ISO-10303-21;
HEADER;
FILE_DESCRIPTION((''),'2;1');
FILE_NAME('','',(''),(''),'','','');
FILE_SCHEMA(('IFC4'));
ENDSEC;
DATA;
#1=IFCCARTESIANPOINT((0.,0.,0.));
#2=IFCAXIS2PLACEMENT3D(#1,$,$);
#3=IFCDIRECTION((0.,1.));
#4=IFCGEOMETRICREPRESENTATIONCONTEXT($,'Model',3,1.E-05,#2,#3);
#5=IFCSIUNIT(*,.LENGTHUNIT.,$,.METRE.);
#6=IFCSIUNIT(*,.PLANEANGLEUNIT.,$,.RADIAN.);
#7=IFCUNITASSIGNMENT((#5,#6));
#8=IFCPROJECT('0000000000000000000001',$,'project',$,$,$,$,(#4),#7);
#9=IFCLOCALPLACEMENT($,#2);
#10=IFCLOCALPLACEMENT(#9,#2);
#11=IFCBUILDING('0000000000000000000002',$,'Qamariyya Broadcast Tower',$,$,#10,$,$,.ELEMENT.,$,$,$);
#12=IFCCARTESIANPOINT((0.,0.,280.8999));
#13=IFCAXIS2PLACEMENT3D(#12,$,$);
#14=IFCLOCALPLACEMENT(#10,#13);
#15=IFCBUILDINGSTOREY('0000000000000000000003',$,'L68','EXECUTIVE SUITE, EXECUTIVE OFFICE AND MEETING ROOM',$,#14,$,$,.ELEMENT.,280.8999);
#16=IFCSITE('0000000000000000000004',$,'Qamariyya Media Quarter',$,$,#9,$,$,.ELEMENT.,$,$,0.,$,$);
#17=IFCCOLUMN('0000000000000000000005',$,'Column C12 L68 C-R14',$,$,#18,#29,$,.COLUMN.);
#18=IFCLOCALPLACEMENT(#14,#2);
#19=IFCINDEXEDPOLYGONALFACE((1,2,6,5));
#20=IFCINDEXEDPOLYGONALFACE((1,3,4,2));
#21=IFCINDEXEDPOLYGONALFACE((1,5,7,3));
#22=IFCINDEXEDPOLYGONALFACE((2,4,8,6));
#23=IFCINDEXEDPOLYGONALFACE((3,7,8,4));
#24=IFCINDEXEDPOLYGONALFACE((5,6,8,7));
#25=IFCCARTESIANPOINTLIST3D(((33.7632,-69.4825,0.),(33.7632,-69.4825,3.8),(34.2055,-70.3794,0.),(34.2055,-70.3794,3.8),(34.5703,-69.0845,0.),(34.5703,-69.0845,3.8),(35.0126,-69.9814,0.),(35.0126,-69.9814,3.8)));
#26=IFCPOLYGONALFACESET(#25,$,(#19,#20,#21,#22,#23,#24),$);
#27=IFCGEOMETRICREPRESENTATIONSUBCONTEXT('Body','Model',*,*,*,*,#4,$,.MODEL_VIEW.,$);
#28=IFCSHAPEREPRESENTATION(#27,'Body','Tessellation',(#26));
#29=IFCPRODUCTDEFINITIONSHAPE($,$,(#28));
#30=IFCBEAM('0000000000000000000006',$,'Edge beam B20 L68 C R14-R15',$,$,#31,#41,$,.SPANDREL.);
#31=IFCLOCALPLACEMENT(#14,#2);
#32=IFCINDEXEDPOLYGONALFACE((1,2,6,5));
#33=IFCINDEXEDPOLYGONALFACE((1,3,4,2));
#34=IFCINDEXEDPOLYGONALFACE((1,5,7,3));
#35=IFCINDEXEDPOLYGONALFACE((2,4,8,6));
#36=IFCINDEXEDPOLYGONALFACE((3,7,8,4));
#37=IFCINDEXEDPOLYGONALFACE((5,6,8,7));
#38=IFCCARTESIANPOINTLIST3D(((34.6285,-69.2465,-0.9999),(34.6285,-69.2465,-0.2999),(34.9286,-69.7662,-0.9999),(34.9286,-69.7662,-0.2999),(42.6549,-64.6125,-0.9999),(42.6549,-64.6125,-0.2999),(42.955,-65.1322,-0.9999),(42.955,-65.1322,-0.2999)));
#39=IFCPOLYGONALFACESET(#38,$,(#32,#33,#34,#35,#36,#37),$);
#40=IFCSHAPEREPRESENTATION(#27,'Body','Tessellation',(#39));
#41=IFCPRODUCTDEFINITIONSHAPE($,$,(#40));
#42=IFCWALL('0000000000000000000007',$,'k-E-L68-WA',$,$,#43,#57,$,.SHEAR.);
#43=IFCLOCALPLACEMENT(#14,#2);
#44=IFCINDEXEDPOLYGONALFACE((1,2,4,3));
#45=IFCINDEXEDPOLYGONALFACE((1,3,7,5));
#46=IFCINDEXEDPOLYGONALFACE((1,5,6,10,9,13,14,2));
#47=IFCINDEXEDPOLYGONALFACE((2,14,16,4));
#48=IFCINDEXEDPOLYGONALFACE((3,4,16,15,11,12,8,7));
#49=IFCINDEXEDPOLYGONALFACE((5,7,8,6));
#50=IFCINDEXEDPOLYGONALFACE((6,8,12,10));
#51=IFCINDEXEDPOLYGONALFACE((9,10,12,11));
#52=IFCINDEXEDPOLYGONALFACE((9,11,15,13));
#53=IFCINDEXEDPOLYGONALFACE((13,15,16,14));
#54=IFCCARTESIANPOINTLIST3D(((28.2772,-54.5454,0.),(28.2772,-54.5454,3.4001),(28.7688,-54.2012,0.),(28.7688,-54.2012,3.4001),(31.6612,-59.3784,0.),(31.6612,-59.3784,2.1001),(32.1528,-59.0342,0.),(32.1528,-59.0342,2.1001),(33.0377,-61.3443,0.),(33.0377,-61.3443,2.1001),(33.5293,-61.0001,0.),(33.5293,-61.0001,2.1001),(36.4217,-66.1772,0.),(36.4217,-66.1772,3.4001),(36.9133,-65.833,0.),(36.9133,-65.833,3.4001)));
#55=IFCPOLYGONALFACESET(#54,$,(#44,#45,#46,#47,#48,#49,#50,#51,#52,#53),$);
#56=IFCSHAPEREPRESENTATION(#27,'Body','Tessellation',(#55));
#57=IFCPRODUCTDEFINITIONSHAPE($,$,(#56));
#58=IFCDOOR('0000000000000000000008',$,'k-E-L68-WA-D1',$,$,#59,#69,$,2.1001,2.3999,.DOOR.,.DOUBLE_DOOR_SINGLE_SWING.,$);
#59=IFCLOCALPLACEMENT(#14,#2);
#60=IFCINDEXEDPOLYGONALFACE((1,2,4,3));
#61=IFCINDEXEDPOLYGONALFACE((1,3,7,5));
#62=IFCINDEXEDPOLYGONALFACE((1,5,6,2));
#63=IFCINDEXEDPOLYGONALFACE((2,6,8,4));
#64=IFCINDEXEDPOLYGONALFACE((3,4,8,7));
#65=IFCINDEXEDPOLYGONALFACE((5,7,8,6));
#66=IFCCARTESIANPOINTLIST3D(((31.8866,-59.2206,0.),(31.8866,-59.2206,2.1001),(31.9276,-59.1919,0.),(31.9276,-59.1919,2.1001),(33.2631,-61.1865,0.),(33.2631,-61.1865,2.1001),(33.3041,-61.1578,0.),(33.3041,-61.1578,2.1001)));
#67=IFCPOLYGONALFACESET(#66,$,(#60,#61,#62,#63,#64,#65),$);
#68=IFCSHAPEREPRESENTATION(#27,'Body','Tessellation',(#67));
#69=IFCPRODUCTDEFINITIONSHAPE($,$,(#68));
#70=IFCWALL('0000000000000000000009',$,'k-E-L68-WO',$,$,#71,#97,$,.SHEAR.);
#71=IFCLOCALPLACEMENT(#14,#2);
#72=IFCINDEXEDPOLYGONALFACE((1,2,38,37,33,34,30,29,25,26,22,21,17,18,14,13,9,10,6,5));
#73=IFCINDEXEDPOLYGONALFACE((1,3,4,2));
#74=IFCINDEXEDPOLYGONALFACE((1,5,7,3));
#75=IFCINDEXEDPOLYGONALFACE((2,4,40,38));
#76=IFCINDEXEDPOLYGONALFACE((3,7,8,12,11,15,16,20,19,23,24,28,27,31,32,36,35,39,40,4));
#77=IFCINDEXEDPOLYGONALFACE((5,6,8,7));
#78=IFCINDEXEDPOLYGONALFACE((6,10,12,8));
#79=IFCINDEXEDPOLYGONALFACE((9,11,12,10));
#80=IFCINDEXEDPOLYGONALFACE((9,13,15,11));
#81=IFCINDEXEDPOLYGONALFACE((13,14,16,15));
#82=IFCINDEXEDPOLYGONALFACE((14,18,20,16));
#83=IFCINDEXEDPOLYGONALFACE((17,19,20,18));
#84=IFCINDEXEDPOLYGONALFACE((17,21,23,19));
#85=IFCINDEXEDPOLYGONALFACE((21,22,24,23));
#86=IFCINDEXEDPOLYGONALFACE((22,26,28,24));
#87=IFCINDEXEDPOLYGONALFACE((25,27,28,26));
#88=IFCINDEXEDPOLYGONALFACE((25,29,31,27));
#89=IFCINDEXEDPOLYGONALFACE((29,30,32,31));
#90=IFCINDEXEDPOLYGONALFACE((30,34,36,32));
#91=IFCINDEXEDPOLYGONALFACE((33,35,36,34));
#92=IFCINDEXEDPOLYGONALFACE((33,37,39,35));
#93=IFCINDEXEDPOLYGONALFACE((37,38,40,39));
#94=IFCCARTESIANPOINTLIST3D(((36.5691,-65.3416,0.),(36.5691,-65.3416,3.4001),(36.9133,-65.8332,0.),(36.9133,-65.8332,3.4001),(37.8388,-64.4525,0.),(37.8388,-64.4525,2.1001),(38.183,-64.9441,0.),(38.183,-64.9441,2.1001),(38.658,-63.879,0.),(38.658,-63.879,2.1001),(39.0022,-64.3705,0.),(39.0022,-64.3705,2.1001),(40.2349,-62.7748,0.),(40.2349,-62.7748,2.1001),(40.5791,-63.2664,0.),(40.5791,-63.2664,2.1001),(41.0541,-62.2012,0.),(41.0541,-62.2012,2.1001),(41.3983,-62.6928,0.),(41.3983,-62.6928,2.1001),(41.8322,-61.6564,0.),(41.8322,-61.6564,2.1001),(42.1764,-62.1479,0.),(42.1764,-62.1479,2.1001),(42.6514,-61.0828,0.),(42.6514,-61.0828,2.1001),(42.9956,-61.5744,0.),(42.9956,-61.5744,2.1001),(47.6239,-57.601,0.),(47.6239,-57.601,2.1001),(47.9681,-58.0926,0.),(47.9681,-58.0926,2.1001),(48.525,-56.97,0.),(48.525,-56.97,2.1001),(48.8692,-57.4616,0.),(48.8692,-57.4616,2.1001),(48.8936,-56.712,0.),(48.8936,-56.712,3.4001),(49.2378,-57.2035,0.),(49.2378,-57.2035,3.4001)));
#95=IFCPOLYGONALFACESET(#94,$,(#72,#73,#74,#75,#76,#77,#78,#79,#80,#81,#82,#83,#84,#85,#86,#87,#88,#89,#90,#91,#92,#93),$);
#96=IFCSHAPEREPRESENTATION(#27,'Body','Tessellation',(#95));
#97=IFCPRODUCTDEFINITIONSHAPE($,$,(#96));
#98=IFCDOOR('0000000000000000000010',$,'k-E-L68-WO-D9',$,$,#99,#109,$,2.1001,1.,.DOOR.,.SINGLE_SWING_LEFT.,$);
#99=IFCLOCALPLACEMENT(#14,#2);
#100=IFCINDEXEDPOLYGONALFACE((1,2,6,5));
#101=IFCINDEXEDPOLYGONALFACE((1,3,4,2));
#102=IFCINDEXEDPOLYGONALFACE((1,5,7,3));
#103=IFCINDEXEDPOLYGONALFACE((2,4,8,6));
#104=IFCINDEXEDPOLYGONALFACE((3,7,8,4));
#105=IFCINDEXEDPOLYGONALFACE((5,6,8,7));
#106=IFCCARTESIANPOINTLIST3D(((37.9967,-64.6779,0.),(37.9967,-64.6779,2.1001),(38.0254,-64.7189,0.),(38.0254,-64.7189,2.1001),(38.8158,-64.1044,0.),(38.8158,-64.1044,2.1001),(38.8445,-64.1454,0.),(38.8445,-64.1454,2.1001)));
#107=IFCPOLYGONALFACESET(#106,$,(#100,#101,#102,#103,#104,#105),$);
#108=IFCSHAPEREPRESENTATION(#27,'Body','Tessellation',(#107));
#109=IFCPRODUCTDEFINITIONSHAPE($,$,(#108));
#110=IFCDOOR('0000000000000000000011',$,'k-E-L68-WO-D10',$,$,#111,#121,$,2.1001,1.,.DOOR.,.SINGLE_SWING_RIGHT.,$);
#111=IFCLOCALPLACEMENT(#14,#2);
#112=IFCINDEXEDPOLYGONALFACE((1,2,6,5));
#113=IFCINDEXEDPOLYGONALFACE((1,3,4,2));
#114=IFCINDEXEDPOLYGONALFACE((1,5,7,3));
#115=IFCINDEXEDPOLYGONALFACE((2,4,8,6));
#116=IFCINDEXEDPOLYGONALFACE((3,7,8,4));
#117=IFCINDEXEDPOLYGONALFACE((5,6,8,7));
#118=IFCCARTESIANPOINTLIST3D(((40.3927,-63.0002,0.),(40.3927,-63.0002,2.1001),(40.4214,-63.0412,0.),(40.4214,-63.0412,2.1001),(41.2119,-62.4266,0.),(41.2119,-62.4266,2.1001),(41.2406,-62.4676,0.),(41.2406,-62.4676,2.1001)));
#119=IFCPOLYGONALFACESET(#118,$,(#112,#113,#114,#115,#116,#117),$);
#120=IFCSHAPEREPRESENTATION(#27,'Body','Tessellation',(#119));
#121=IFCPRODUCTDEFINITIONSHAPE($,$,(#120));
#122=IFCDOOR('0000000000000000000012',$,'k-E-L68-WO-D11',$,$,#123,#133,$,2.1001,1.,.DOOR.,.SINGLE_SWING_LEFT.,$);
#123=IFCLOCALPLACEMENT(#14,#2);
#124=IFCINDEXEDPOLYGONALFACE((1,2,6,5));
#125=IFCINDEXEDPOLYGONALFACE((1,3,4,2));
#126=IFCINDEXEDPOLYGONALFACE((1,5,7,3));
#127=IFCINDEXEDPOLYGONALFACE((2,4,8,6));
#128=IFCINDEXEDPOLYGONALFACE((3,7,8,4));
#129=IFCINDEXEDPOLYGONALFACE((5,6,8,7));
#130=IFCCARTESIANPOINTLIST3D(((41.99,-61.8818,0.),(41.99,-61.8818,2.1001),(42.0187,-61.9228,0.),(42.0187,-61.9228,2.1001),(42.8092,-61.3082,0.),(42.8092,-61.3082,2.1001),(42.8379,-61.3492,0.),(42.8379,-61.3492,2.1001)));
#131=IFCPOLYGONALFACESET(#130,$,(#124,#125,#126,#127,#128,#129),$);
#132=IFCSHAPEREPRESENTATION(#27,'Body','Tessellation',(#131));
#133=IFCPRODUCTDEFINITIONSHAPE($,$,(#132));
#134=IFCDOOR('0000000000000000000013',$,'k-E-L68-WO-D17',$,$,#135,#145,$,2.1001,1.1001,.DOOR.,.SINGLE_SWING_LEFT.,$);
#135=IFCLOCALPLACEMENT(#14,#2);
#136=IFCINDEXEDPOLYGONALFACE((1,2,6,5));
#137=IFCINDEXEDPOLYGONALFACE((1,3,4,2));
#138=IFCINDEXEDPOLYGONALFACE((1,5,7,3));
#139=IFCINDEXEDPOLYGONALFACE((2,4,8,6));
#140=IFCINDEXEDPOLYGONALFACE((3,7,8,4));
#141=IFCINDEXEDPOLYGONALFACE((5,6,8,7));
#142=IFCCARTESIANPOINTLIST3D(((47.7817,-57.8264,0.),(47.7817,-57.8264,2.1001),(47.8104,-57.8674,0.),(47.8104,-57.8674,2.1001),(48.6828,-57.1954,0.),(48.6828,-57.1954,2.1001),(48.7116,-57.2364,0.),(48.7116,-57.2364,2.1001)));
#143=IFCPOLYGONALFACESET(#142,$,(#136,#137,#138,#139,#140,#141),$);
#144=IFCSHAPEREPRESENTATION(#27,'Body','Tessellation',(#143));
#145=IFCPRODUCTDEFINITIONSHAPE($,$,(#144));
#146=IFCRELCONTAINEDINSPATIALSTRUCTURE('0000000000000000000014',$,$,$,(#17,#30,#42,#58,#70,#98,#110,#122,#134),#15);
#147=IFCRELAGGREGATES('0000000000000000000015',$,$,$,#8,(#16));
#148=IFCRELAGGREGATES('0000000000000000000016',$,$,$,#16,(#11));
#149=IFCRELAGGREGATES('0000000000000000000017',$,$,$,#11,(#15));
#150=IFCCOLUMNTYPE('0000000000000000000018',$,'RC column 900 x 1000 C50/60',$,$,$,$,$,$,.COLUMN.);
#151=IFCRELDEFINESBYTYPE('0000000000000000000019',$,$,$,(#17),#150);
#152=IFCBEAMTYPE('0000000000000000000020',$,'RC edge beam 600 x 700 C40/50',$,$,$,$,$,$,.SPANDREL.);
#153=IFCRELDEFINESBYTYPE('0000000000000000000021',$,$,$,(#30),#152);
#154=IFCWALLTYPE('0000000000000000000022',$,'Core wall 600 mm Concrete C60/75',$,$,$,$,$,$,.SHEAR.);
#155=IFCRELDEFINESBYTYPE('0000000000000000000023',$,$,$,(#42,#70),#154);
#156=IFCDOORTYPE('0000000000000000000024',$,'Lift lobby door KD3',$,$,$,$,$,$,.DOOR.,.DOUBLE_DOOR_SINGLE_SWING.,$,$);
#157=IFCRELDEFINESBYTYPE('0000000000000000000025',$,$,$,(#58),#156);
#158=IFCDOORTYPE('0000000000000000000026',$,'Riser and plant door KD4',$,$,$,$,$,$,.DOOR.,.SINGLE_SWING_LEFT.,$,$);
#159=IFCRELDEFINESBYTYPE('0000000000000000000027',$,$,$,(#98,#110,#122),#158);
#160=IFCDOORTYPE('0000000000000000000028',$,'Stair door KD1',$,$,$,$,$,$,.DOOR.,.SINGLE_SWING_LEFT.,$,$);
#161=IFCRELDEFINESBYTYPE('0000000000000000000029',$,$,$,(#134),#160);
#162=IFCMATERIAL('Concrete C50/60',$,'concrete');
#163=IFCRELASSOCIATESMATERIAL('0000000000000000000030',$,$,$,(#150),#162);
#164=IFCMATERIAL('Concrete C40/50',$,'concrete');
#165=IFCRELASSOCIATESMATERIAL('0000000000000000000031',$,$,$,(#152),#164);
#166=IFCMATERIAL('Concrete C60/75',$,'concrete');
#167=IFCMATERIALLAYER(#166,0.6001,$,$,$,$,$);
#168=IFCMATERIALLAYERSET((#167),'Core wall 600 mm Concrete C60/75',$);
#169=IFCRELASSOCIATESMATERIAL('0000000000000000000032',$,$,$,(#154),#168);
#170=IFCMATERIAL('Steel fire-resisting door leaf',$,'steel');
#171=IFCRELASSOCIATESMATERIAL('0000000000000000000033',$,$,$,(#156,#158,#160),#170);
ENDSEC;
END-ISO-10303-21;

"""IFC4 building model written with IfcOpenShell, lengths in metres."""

from ifc_helpers import new_model, si_unit, direction, frame, frame_2d, origin, origin_2d, place, context, subcontext, project, spatial, rectangle, extrude, material, layer, layer_set, material_profile, profile_set, type_object, element, fill, save


model = new_model("IFC4")

# Units and contexts
model_context = context("Model", 3, precision=1e-05, world=origin(), true_north=direction((0.0, 1.0)))
body_context = subcontext(model_context, "Body", "Model", "MODEL_VIEW")
ifc_project = project(units=[si_unit("LENGTHUNIT", "METRE"), si_unit("PLANEANGLEUNIT", "RADIAN")], contexts=[model_context])

# Site, building, storey
site_placement = place(None, origin())
site = spatial("IfcSite", under=ifc_project, at=site_placement, Name="Qamariyya Media Quarter", CompositionType="ELEMENT", RefElevation=0.0)
building_placement = place(site_placement, origin())
building = spatial("IfcBuilding", under=site, at=building_placement, Name="Qamariyya Broadcast Tower", CompositionType="ELEMENT")
storey_placement = place(building_placement, frame((0.0, 0.0, 280.8999)))
storey = spatial("IfcBuildingStorey", under=building, at=storey_placement, Name="L68", Description="EXECUTIVE SUITE, EXECUTIVE OFFICE AND MEETING ROOM", CompositionType="ELEMENT", Elevation=280.8999)

# Column
ifc_material_1 = material(Name="Concrete C50/60", Category="concrete")
ifc_material_profile_1 = material_profile(ifc_material_1, rectangle(XDim=0.8999, YDim=1.0, at=origin_2d()))
ifc_profile_set_1 = profile_set([ifc_material_profile_1], Name="Concrete C50/60")
column_type = type_object("IfcColumnType", Name="RC column 900 x 1000 C50/60", PredefinedType="COLUMN", material=ifc_profile_set_1)
column_placement = place(storey_placement, frame((34.3879, -69.7319, 0.0), z_axis=(0.0, 0.0, 1.0), x_axis=(0.896873, 0.442289, 0.0)))
element("IfcColumn", 1, at=column_placement, inside=storey, type_object=column_type, Name="Column C12 L68 C-R14", PredefinedType="COLUMN", context=body_context, shape_type="SweptSolid", body=[
    extrude(rectangle(XDim=0.8999, YDim=1.0, at=origin_2d()), origin(), (0.0, 0.0, 1.0), 3.8),
])

# Beam
ifc_material_2 = material(Name="Concrete C40/50", Category="concrete")
ifc_material_profile_2 = material_profile(ifc_material_2, rectangle(XDim=0.6001, YDim=0.7, at=origin_2d()))
ifc_profile_set_2 = profile_set([ifc_material_profile_2], Name="Concrete C40/50")
beam_type = type_object("IfcBeamType", Name="RC edge beam 600 x 700 C40/50", PredefinedType="SPANDREL", material=ifc_profile_set_2)
beam_placement = place(storey_placement, frame((34.7786, -69.5063, -0.6499), z_axis=(0.866025, 0.500001, 0.0), x_axis=(-0.500001, 0.866025, 0.0)))
element("IfcBeam", 2, at=beam_placement, inside=storey, type_object=beam_type, Name="Edge beam B20 L68 C R14-R15", PredefinedType="SPANDREL", context=body_context, shape_type="SweptSolid", body=[
    extrude(rectangle(XDim=0.6001, YDim=0.7, at=origin_2d()), origin(), (0.0, 0.0, 1.0), 9.2681),
])

# Wall, opening, door
ifc_material_3 = material(Name="Concrete C60/75", Category="concrete")
ifc_layer_1 = layer(ifc_material_3, 0.6001)
ifc_layer_set_1 = layer_set([ifc_layer_1], Name="Core wall 600 mm Concrete C60/75")
wall_type_1 = type_object("IfcWallType", Name="Core wall 600 mm Concrete C60/75", PredefinedType="SHEAR", material=ifc_layer_set_1)
wall_1_placement = place(storey_placement, frame((36.6675, -66.0051, 0.0), z_axis=(0.0, 0.0, 1.0), x_axis=(-0.573568, 0.819158, 0.0)))
wall_1 = element("IfcWall", 3, at=wall_1_placement, inside=storey, type_object=wall_type_1, Name="k-E-L68-WA", PredefinedType="SHEAR", context=body_context, shape_type="SweptSolid", body=[
    extrude(rectangle(XDim=14.1997, YDim=0.6001, at=frame_2d((7.0999, 0.0))), origin(), (0.0, 0.0, 1.0), 3.4001),
])
opening_1_placement = place(wall_1_placement, frame((5.8999, 0.0, 0.0)))
opening_1 = element("IfcOpeningElement", 4, at=opening_1_placement, cuts=wall_1, PredefinedType="OPENING", context=body_context, shape_type="SweptSolid", body=[
    extrude(rectangle(XDim=2.3999, YDim=2.1001, at=frame_2d((1.2, 1.05))), frame((0.0, 0.3101, 0.0), z_axis=(0.0, -1.0, 0.0), x_axis=(1.0, 0.0, 0.0)), (0.0, 0.0, 1.0), 0.6201),
])
ifc_material_4 = material(Name="Steel fire-resisting door leaf", Category="steel")
door_type_1 = type_object("IfcDoorType", Name="Lift lobby door KD3", OperationType="DOUBLE_DOOR_SINGLE_SWING", PredefinedType="DOOR", material=ifc_material_4)
door_1_placement = place(opening_1_placement, origin())
door_1 = element("IfcDoor", 5, at=door_1_placement, inside=storey, type_object=door_type_1, Name="k-E-L68-WA-D1", OperationType="DOUBLE_DOOR_SINGLE_SWING", OverallHeight=2.1001, OverallWidth=2.3999, PredefinedType="DOOR", context=body_context, shape_type="SweptSolid", body=[
    extrude(rectangle(XDim=2.3999, YDim=2.1001, at=frame_2d((1.2, 1.05))), frame((0.0, 0.0249, 0.0), z_axis=(0.0, -1.0, 0.0), x_axis=(1.0, 0.0, 0.0)), (0.0, 0.0, 1.0), 0.05),
])
fill(opening_1, door_1)

# Wall, openings, doors
wall_2_placement = place(storey_placement, frame((36.7412, -65.5874, 0.0), z_axis=(0.0, 0.0, 1.0), x_axis=(0.819153, 0.573575, 0.0)))
wall_2 = element("IfcWall", 6, at=wall_2_placement, inside=storey, type_object=wall_type_1, Name="k-E-L68-WO", PredefinedType="SHEAR", context=body_context, shape_type="SweptSolid", body=[
    extrude(rectangle(XDim=15.0454, YDim=0.6001, at=frame_2d((7.5227, 0.0))), origin(), (0.0, 0.0, 1.0), 3.4001),
])
opening_2_placement = place(wall_2_placement, frame((1.55, 0.0, 0.0)))
opening_2 = element("IfcOpeningElement", 7, at=opening_2_placement, cuts=wall_2, PredefinedType="OPENING", context=body_context, shape_type="SweptSolid", body=[
    extrude(rectangle(XDim=1.0, YDim=2.1001, at=frame_2d((0.5, 1.05))), frame((0.0, 0.3101, 0.0), z_axis=(0.0, -1.0, 0.0), x_axis=(1.0, 0.0, 0.0)), (0.0, 0.0, 1.0), 0.6201),
])
opening_3_placement = place(wall_2_placement, frame((4.4751, 0.0, 0.0)))
opening_3 = element("IfcOpeningElement", 8, at=opening_3_placement, cuts=wall_2, PredefinedType="OPENING", context=body_context, shape_type="SweptSolid", body=[
    extrude(rectangle(XDim=1.0, YDim=2.1001, at=frame_2d((0.5, 1.05))), frame((0.0, 0.3101, 0.0), z_axis=(0.0, -1.0, 0.0), x_axis=(1.0, 0.0, 0.0)), (0.0, 0.0, 1.0), 0.6201),
])
opening_4_placement = place(wall_2_placement, frame((6.425, 0.0, 0.0)))
opening_4 = element("IfcOpeningElement", 9, at=opening_4_placement, cuts=wall_2, PredefinedType="OPENING", context=body_context, shape_type="SweptSolid", body=[
    extrude(rectangle(XDim=1.0, YDim=2.1001, at=frame_2d((0.5, 1.05))), frame((0.0, 0.3101, 0.0), z_axis=(0.0, -1.0, 0.0), x_axis=(1.0, 0.0, 0.0)), (0.0, 0.0, 1.0), 0.6201),
])
opening_5_placement = place(wall_2_placement, frame((13.4954, 0.0, 0.0)))
opening_5 = element("IfcOpeningElement", 10, at=opening_5_placement, cuts=wall_2, PredefinedType="OPENING", context=body_context, shape_type="SweptSolid", body=[
    extrude(rectangle(XDim=1.1001, YDim=2.1001, at=frame_2d((0.55, 1.05))), frame((0.0, 0.3101, 0.0), z_axis=(0.0, -1.0, 0.0), x_axis=(1.0, 0.0, 0.0)), (0.0, 0.0, 1.0), 0.6201),
])
door_type_2 = type_object("IfcDoorType", Name="Riser and plant door KD4", OperationType="SINGLE_SWING_LEFT", PredefinedType="DOOR", material=ifc_material_4)
door_2_placement = place(opening_2_placement, origin())
door_2 = element("IfcDoor", 11, at=door_2_placement, inside=storey, type_object=door_type_2, Name="k-E-L68-WO-D9", OperationType="SINGLE_SWING_LEFT", OverallHeight=2.1001, OverallWidth=1.0, PredefinedType="DOOR", context=body_context, shape_type="SweptSolid", body=[
    extrude(rectangle(XDim=1.0, YDim=2.1001, at=frame_2d((0.5, 1.05))), frame((0.0, 0.0249, 0.0), z_axis=(0.0, -1.0, 0.0), x_axis=(1.0, 0.0, 0.0)), (0.0, 0.0, 1.0), 0.05),
])
fill(opening_2, door_2)
door_3_placement = place(opening_3_placement, origin())
door_3 = element("IfcDoor", 12, at=door_3_placement, inside=storey, type_object=door_type_2, Name="k-E-L68-WO-D10", OperationType="SINGLE_SWING_RIGHT", OverallHeight=2.1001, OverallWidth=1.0, PredefinedType="DOOR", context=body_context, shape_type="SweptSolid", body=[
    extrude(rectangle(XDim=1.0, YDim=2.1001, at=frame_2d((0.5, 1.05))), frame((0.0, 0.0249, 0.0), z_axis=(0.0, -1.0, 0.0), x_axis=(1.0, 0.0, 0.0)), (0.0, 0.0, 1.0), 0.05),
])
fill(opening_3, door_3)
door_4_placement = place(opening_4_placement, origin())
door_4 = element("IfcDoor", 13, at=door_4_placement, inside=storey, type_object=door_type_2, Name="k-E-L68-WO-D11", OperationType="SINGLE_SWING_LEFT", OverallHeight=2.1001, OverallWidth=1.0, PredefinedType="DOOR", context=body_context, shape_type="SweptSolid", body=[
    extrude(rectangle(XDim=1.0, YDim=2.1001, at=frame_2d((0.5, 1.05))), frame((0.0, 0.0249, 0.0), z_axis=(0.0, -1.0, 0.0), x_axis=(1.0, 0.0, 0.0)), (0.0, 0.0, 1.0), 0.05),
])
fill(opening_4, door_4)
door_type_3 = type_object("IfcDoorType", Name="Stair door KD1", OperationType="SINGLE_SWING_LEFT", PredefinedType="DOOR", material=ifc_material_4)
door_5_placement = place(opening_5_placement, origin())
door_5 = element("IfcDoor", 14, at=door_5_placement, inside=storey, type_object=door_type_3, Name="k-E-L68-WO-D17", OperationType="SINGLE_SWING_LEFT", OverallHeight=2.1001, OverallWidth=1.1001, PredefinedType="DOOR", context=body_context, shape_type="SweptSolid", body=[
    extrude(rectangle(XDim=1.1001, YDim=2.1001, at=frame_2d((0.55, 1.05))), frame((0.0, 0.0249, 0.0), z_axis=(0.0, -1.0, 0.0), x_axis=(1.0, 0.0, 0.0)), (0.0, 0.0, 1.0), 0.05),
])
fill(opening_5, door_5)

save(model, "model.ifc")
